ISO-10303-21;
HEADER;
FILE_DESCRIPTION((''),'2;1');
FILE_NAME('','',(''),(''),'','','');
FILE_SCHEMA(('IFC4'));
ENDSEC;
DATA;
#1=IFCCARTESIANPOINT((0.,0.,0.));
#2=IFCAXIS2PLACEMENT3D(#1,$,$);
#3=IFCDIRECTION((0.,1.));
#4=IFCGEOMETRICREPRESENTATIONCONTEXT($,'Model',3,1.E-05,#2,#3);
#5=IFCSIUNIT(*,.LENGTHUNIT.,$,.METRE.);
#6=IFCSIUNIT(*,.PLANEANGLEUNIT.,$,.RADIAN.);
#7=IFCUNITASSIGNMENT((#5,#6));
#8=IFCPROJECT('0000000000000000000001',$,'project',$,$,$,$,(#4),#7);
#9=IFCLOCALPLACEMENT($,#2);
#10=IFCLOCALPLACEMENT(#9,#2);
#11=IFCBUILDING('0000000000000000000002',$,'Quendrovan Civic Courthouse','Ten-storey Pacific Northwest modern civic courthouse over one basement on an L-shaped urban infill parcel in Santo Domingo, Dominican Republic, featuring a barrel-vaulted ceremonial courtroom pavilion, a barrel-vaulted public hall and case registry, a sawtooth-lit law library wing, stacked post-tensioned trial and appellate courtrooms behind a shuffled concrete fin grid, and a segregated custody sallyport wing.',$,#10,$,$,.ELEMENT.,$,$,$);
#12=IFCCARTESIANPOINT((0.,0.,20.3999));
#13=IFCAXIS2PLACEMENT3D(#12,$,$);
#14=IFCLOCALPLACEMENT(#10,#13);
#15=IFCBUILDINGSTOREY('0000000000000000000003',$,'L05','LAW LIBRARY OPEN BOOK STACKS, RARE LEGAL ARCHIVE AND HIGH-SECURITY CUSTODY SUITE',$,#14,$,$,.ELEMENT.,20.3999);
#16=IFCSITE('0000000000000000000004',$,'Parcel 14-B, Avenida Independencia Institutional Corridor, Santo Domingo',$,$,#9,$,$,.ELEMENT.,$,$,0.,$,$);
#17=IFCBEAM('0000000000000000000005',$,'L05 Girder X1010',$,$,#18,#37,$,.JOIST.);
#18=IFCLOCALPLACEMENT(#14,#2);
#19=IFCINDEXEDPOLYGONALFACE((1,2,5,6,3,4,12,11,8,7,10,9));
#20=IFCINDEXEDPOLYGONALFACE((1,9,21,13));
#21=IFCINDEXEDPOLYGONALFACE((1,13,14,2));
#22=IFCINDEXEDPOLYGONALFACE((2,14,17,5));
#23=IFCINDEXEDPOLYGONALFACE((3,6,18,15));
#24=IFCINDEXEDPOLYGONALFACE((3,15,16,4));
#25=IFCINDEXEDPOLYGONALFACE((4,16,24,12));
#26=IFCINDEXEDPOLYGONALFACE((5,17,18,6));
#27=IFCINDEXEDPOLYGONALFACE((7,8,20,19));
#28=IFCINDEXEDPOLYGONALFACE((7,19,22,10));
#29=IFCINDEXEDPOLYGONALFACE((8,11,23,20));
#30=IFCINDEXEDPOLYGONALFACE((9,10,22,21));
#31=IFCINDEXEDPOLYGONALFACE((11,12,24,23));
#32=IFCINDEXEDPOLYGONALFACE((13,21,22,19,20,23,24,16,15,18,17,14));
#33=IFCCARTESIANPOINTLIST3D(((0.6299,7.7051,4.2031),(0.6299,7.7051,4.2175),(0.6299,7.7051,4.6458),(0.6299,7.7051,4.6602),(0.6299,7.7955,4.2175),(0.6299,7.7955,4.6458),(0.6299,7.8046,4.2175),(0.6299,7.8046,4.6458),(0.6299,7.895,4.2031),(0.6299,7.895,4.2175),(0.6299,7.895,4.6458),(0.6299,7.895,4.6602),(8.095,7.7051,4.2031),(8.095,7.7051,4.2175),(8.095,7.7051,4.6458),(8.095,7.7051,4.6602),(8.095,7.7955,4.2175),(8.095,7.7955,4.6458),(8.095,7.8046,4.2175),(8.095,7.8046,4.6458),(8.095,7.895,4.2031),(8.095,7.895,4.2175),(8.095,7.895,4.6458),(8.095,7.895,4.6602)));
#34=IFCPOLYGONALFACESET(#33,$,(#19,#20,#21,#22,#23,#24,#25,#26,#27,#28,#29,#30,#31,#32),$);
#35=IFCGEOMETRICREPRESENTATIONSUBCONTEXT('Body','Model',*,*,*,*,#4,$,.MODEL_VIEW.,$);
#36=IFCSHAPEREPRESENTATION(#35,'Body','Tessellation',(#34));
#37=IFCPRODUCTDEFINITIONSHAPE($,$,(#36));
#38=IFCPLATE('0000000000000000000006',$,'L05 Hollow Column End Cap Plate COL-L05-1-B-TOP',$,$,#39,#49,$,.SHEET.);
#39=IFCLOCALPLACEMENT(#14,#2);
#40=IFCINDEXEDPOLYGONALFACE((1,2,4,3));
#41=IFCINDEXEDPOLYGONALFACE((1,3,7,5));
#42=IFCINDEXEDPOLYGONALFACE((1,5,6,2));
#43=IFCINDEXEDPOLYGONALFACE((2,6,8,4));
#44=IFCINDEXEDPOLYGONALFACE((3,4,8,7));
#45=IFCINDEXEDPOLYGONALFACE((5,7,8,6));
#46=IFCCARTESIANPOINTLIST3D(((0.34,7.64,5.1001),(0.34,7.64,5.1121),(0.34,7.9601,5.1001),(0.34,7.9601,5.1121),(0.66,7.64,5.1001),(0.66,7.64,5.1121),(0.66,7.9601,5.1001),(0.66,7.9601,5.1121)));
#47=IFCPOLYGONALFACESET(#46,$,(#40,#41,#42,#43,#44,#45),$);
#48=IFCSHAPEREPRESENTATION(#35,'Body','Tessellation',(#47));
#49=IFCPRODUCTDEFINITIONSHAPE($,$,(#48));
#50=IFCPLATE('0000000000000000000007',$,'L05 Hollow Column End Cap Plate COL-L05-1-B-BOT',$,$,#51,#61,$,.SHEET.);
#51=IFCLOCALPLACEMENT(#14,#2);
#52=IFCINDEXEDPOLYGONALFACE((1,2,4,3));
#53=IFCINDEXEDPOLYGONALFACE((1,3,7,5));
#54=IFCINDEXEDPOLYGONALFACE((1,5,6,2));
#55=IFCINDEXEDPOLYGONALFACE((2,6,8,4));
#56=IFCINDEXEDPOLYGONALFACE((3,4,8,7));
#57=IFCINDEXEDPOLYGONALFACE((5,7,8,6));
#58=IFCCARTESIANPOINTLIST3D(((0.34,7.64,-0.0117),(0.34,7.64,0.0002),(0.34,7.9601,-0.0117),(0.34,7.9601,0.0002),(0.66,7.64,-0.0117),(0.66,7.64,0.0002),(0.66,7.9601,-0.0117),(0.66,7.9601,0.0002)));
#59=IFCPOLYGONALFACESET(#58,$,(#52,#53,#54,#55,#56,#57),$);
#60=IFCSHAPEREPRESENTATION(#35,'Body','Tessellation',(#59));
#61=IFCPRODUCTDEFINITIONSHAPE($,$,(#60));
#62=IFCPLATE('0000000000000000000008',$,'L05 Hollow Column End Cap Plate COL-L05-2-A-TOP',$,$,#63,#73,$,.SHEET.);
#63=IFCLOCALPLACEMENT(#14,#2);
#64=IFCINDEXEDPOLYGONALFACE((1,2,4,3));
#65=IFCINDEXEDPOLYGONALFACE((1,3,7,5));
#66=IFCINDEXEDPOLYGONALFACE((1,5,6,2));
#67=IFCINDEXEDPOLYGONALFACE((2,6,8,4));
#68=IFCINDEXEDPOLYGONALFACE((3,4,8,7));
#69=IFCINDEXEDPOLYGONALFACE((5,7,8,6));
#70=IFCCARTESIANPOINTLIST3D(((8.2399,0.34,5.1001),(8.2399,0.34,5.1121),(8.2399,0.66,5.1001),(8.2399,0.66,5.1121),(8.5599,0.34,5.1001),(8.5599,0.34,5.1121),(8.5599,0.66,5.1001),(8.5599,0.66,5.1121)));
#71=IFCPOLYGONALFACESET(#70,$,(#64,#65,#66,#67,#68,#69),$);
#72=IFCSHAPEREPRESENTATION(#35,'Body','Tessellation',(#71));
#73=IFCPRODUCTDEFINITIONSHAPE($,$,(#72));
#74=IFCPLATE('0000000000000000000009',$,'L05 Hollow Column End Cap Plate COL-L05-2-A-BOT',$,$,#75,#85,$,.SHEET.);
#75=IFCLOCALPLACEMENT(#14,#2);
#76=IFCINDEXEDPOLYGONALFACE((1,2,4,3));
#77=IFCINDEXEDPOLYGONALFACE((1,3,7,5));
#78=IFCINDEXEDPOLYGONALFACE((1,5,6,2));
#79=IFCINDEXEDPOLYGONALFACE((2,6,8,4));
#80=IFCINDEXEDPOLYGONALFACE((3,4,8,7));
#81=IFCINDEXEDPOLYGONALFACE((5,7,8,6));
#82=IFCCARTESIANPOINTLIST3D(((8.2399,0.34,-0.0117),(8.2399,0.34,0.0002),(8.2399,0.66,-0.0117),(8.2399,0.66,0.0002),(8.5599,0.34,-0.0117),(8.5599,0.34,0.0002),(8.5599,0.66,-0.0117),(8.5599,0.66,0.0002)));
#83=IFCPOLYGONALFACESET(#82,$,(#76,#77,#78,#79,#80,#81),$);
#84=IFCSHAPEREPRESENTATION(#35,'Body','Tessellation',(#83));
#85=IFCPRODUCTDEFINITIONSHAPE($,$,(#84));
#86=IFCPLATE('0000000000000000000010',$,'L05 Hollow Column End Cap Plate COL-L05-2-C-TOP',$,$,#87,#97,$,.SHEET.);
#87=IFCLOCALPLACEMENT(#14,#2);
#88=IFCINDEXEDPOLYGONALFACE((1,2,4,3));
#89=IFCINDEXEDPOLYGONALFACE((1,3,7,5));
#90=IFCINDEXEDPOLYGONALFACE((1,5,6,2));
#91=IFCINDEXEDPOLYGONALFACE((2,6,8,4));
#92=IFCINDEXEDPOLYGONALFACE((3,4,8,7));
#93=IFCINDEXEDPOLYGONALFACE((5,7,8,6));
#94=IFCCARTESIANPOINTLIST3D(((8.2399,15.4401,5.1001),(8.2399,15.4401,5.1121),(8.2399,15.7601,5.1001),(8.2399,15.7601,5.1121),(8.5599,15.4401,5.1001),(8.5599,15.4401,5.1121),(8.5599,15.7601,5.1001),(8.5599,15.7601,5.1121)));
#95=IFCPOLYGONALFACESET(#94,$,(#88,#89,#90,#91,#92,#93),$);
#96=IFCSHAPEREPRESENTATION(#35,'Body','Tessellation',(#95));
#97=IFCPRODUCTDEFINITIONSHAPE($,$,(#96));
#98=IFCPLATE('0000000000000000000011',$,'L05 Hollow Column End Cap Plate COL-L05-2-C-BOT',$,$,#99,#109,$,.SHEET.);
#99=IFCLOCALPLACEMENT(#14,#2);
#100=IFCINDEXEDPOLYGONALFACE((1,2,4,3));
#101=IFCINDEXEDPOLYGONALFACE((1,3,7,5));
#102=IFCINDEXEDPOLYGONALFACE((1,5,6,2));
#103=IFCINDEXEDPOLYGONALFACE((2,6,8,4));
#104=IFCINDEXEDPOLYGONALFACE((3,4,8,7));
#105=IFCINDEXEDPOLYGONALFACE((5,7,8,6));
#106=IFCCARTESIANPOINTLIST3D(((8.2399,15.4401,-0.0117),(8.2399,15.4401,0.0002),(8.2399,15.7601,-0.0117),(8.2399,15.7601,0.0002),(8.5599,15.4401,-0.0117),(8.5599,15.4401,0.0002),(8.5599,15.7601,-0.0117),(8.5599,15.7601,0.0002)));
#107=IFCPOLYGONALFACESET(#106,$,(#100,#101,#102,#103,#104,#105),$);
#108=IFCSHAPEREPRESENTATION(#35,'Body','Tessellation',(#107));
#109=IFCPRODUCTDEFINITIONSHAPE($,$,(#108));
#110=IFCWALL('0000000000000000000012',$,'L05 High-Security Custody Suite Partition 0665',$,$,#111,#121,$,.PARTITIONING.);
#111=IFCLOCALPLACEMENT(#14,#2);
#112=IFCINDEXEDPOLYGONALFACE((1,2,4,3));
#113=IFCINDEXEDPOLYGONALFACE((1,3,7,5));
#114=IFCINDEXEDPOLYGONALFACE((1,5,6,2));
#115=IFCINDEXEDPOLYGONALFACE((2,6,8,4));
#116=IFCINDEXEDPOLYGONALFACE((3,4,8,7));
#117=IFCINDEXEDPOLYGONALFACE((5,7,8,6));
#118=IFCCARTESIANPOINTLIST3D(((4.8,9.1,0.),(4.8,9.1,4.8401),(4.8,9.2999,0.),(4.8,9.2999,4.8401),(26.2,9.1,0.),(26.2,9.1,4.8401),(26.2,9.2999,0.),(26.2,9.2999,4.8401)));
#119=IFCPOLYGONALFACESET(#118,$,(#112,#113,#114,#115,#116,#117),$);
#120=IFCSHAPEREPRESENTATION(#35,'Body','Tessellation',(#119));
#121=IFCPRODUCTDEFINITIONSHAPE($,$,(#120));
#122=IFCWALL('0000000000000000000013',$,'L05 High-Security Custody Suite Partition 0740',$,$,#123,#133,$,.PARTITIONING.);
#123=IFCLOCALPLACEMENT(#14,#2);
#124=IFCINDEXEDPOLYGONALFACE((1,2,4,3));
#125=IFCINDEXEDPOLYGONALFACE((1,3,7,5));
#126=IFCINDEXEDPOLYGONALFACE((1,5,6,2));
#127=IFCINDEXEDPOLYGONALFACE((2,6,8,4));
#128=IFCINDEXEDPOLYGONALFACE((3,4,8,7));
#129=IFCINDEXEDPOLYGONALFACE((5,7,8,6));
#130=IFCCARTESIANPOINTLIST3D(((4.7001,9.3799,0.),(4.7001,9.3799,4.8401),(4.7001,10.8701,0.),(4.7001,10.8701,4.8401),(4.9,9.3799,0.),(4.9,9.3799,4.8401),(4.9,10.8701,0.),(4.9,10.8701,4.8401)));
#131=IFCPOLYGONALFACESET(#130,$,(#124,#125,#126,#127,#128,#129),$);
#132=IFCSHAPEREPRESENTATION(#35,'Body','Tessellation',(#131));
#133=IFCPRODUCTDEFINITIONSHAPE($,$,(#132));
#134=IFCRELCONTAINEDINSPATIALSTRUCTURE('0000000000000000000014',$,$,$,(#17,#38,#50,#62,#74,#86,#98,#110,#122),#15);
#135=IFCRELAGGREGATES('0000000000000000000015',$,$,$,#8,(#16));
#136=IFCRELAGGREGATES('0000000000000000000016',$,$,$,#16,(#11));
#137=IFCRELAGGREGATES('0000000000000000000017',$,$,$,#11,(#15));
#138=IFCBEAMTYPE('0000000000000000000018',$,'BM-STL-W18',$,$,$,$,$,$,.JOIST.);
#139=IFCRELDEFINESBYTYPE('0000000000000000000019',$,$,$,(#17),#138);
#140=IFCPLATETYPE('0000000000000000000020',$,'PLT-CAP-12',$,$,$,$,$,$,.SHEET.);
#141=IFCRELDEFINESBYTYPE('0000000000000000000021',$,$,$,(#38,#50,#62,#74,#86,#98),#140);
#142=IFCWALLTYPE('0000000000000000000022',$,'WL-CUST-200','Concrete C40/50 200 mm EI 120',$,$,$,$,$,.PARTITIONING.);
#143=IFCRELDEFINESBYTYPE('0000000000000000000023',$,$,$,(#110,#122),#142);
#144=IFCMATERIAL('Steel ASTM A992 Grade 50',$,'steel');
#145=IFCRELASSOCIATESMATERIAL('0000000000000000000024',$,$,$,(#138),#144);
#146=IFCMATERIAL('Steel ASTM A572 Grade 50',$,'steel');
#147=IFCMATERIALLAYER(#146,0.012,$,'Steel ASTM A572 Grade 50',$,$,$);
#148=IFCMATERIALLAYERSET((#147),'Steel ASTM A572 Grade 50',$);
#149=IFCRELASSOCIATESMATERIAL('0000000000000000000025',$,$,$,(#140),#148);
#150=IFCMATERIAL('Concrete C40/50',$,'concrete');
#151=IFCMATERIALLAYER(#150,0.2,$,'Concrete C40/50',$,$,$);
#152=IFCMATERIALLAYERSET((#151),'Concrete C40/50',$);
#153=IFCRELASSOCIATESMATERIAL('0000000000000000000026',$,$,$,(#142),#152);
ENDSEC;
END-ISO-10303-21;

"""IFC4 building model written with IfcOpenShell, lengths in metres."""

from ifc_helpers import new_model, si_unit, direction, frame, frame_2d, origin, origin_2d, place, context, subcontext, project, spatial, rectangle, i_section, extrude, material, layer, layer_set, material_profile, profile_set, type_object, element, save


model = new_model("IFC4")

# Units and contexts
model_context = context("Model", 3, precision=1e-05, world=origin(), true_north=direction((0.0, 1.0)))
body_context = subcontext(model_context, "Body", "Model", "MODEL_VIEW")
ifc_project = project(units=[si_unit("LENGTHUNIT", "METRE"), si_unit("PLANEANGLEUNIT", "RADIAN")], contexts=[model_context])

# Site, building, storey
site_placement = place(None, origin())
site = spatial("IfcSite", under=ifc_project, at=site_placement, Name="Parcel 14-B, Avenida Independencia Institutional Corridor, Santo Domingo", CompositionType="ELEMENT", RefElevation=0.0)
building_placement = place(site_placement, origin())
building = spatial("IfcBuilding", under=site, at=building_placement, Name="Quendrovan Civic Courthouse", Description="Ten-storey Pacific Northwest modern civic courthouse over one basement on an L-shaped urban infill parcel in Santo Domingo, Dominican Republic, featuring a barrel-vaulted ceremonial courtroom pavilion, a barrel-vaulted public hall and case registry, a sawtooth-lit law library wing, stacked post-tensioned trial and appellate courtrooms behind a shuffled concrete fin grid, and a segregated custody sallyport wing.", CompositionType="ELEMENT")
storey_placement = place(building_placement, frame((0.0, 0.0, 20.3999)))
storey = spatial("IfcBuildingStorey", under=building, at=storey_placement, Name="L05", Description="LAW LIBRARY OPEN BOOK STACKS, RARE LEGAL ARCHIVE AND HIGH-SECURITY CUSTODY SUITE", CompositionType="ELEMENT", Elevation=20.3999)

# Beam
ifc_material_1 = material(Name="Concrete C40/50", Category="concrete")
ifc_material_2 = material(Name="Steel ASTM A992 Grade 50", Category="steel")
ifc_material_profile_1 = material_profile(ifc_material_2, i_section(OverallWidth=0.1899, OverallDepth=0.457, WebThickness=0.009, FlangeThickness=0.0144, at=origin_2d()), Name="W18X50")
ifc_profile_set_1 = profile_set([ifc_material_profile_1], Name="Steel ASTM A992 Grade 50")
beam_type_1 = type_object("IfcBeamType", Name="BM-STL-W18", PredefinedType="JOIST", material=ifc_profile_set_1)
beam_1_placement = place(storey_placement, frame((0.6299, 7.8, 4.4316), z_axis=(1.0, 0.0, 0.0), x_axis=(0.0, 1.0, 0.0)))
element("IfcBeam", 1, at=beam_1_placement, inside=storey, type_object=beam_type_1, Name="L05 Girder X1010", PredefinedType="JOIST", context=body_context, shape_type="SweptSolid", body=[
    extrude(i_section(OverallWidth=0.1899, OverallDepth=0.457, WebThickness=0.009, FlangeThickness=0.0144, at=origin_2d()), origin(), (0.0, 0.0, 1.0), 7.4651),
])

# Plates
ifc_material_3 = material(Name="Steel ASTM A572 Grade 50", Category="steel")
ifc_layer_1 = layer(ifc_material_3, 0.012, Name="Steel ASTM A572 Grade 50")
ifc_layer_set_1 = layer_set([ifc_layer_1], Name="Steel ASTM A572 Grade 50")
plate_type = type_object("IfcPlateType", Name="PLT-CAP-12", PredefinedType="SHEET", material=ifc_layer_set_1)
for number, where, z_axis, x_axis, name in (
    (2, (0.5, 7.8, 5.1001), (0.0, 0.0, 1.0), (1.0, 0.0, 0.0), "L05 Hollow Column End Cap Plate COL-L05-1-B-TOP"),
    (3, (0.5, 7.8, -0.0117), (0.0, 0.0, 1.0), (1.0, 0.0, 0.0), "L05 Hollow Column End Cap Plate COL-L05-1-B-BOT"),
    (4, (8.3999, 0.5, 5.1001), (0.0, 0.0, 1.0), (1.0, 0.0, 0.0), "L05 Hollow Column End Cap Plate COL-L05-2-A-TOP"),
    (5, (8.3999, 0.5, -0.0117), (0.0, 0.0, 1.0), (1.0, 0.0, 0.0), "L05 Hollow Column End Cap Plate COL-L05-2-A-BOT"),
    (6, (8.3999, 15.6001, 5.1001), (0.0, 0.0, 1.0), (1.0, 0.0, 0.0), "L05 Hollow Column End Cap Plate COL-L05-2-C-TOP"),
    (7, (8.3999, 15.6001, -0.0117), (0.0, 0.0, 1.0), (1.0, 0.0, 0.0), "L05 Hollow Column End Cap Plate COL-L05-2-C-BOT"),
):
    element("IfcPlate", number, at=place(storey_placement, frame(where, z_axis=z_axis, x_axis=x_axis)), inside=storey, type_object=plate_type, Name=name, PredefinedType="SHEET", context=body_context, shape_type="SweptSolid", body=[
        extrude(rectangle(XDim=0.3201, YDim=0.3201, at=origin_2d()), origin(), (0.0, 0.0, 1.0), 0.012),
    ])

# Walls
ifc_layer_2 = layer(ifc_material_1, 0.2, Name="Concrete C40/50")
ifc_layer_set_2 = layer_set([ifc_layer_2], Name="Concrete C40/50")
wall_type_1 = type_object("IfcWallType", Name="WL-CUST-200", Description="Concrete C40/50 200 mm EI 120", PredefinedType="PARTITIONING", material=ifc_layer_set_2)
wall_1_placement = place(storey_placement, frame((4.8, 9.2, 0.0), z_axis=(0.0, 0.0, 1.0), x_axis=(1.0, 0.0, 0.0)))
element("IfcWall", 8, at=wall_1_placement, inside=storey, type_object=wall_type_1, Name="L05 High-Security Custody Suite Partition 0665", PredefinedType="PARTITIONING", context=body_context, shape_type="SweptSolid", body=[
    extrude(rectangle(XDim=21.3999, YDim=0.2, at=frame_2d((10.7, 0.0))), origin(), (0.0, 0.0, 1.0), 4.8401),
])
wall_2_placement = place(storey_placement, frame((4.8, 10.8701, 0.0), z_axis=(0.0, 0.0, 1.0), x_axis=(0.0, -1.0, 0.0)))
element("IfcWall", 9, at=wall_2_placement, inside=storey, type_object=wall_type_1, Name="L05 High-Security Custody Suite Partition 0740", PredefinedType="PARTITIONING", context=body_context, shape_type="SweptSolid", body=[
    extrude(rectangle(XDim=1.4902, YDim=0.2, at=frame_2d((0.7451, 0.0))), origin(), (0.0, 0.0, 1.0), 4.8401),
])

save(model, "model.ifc")
